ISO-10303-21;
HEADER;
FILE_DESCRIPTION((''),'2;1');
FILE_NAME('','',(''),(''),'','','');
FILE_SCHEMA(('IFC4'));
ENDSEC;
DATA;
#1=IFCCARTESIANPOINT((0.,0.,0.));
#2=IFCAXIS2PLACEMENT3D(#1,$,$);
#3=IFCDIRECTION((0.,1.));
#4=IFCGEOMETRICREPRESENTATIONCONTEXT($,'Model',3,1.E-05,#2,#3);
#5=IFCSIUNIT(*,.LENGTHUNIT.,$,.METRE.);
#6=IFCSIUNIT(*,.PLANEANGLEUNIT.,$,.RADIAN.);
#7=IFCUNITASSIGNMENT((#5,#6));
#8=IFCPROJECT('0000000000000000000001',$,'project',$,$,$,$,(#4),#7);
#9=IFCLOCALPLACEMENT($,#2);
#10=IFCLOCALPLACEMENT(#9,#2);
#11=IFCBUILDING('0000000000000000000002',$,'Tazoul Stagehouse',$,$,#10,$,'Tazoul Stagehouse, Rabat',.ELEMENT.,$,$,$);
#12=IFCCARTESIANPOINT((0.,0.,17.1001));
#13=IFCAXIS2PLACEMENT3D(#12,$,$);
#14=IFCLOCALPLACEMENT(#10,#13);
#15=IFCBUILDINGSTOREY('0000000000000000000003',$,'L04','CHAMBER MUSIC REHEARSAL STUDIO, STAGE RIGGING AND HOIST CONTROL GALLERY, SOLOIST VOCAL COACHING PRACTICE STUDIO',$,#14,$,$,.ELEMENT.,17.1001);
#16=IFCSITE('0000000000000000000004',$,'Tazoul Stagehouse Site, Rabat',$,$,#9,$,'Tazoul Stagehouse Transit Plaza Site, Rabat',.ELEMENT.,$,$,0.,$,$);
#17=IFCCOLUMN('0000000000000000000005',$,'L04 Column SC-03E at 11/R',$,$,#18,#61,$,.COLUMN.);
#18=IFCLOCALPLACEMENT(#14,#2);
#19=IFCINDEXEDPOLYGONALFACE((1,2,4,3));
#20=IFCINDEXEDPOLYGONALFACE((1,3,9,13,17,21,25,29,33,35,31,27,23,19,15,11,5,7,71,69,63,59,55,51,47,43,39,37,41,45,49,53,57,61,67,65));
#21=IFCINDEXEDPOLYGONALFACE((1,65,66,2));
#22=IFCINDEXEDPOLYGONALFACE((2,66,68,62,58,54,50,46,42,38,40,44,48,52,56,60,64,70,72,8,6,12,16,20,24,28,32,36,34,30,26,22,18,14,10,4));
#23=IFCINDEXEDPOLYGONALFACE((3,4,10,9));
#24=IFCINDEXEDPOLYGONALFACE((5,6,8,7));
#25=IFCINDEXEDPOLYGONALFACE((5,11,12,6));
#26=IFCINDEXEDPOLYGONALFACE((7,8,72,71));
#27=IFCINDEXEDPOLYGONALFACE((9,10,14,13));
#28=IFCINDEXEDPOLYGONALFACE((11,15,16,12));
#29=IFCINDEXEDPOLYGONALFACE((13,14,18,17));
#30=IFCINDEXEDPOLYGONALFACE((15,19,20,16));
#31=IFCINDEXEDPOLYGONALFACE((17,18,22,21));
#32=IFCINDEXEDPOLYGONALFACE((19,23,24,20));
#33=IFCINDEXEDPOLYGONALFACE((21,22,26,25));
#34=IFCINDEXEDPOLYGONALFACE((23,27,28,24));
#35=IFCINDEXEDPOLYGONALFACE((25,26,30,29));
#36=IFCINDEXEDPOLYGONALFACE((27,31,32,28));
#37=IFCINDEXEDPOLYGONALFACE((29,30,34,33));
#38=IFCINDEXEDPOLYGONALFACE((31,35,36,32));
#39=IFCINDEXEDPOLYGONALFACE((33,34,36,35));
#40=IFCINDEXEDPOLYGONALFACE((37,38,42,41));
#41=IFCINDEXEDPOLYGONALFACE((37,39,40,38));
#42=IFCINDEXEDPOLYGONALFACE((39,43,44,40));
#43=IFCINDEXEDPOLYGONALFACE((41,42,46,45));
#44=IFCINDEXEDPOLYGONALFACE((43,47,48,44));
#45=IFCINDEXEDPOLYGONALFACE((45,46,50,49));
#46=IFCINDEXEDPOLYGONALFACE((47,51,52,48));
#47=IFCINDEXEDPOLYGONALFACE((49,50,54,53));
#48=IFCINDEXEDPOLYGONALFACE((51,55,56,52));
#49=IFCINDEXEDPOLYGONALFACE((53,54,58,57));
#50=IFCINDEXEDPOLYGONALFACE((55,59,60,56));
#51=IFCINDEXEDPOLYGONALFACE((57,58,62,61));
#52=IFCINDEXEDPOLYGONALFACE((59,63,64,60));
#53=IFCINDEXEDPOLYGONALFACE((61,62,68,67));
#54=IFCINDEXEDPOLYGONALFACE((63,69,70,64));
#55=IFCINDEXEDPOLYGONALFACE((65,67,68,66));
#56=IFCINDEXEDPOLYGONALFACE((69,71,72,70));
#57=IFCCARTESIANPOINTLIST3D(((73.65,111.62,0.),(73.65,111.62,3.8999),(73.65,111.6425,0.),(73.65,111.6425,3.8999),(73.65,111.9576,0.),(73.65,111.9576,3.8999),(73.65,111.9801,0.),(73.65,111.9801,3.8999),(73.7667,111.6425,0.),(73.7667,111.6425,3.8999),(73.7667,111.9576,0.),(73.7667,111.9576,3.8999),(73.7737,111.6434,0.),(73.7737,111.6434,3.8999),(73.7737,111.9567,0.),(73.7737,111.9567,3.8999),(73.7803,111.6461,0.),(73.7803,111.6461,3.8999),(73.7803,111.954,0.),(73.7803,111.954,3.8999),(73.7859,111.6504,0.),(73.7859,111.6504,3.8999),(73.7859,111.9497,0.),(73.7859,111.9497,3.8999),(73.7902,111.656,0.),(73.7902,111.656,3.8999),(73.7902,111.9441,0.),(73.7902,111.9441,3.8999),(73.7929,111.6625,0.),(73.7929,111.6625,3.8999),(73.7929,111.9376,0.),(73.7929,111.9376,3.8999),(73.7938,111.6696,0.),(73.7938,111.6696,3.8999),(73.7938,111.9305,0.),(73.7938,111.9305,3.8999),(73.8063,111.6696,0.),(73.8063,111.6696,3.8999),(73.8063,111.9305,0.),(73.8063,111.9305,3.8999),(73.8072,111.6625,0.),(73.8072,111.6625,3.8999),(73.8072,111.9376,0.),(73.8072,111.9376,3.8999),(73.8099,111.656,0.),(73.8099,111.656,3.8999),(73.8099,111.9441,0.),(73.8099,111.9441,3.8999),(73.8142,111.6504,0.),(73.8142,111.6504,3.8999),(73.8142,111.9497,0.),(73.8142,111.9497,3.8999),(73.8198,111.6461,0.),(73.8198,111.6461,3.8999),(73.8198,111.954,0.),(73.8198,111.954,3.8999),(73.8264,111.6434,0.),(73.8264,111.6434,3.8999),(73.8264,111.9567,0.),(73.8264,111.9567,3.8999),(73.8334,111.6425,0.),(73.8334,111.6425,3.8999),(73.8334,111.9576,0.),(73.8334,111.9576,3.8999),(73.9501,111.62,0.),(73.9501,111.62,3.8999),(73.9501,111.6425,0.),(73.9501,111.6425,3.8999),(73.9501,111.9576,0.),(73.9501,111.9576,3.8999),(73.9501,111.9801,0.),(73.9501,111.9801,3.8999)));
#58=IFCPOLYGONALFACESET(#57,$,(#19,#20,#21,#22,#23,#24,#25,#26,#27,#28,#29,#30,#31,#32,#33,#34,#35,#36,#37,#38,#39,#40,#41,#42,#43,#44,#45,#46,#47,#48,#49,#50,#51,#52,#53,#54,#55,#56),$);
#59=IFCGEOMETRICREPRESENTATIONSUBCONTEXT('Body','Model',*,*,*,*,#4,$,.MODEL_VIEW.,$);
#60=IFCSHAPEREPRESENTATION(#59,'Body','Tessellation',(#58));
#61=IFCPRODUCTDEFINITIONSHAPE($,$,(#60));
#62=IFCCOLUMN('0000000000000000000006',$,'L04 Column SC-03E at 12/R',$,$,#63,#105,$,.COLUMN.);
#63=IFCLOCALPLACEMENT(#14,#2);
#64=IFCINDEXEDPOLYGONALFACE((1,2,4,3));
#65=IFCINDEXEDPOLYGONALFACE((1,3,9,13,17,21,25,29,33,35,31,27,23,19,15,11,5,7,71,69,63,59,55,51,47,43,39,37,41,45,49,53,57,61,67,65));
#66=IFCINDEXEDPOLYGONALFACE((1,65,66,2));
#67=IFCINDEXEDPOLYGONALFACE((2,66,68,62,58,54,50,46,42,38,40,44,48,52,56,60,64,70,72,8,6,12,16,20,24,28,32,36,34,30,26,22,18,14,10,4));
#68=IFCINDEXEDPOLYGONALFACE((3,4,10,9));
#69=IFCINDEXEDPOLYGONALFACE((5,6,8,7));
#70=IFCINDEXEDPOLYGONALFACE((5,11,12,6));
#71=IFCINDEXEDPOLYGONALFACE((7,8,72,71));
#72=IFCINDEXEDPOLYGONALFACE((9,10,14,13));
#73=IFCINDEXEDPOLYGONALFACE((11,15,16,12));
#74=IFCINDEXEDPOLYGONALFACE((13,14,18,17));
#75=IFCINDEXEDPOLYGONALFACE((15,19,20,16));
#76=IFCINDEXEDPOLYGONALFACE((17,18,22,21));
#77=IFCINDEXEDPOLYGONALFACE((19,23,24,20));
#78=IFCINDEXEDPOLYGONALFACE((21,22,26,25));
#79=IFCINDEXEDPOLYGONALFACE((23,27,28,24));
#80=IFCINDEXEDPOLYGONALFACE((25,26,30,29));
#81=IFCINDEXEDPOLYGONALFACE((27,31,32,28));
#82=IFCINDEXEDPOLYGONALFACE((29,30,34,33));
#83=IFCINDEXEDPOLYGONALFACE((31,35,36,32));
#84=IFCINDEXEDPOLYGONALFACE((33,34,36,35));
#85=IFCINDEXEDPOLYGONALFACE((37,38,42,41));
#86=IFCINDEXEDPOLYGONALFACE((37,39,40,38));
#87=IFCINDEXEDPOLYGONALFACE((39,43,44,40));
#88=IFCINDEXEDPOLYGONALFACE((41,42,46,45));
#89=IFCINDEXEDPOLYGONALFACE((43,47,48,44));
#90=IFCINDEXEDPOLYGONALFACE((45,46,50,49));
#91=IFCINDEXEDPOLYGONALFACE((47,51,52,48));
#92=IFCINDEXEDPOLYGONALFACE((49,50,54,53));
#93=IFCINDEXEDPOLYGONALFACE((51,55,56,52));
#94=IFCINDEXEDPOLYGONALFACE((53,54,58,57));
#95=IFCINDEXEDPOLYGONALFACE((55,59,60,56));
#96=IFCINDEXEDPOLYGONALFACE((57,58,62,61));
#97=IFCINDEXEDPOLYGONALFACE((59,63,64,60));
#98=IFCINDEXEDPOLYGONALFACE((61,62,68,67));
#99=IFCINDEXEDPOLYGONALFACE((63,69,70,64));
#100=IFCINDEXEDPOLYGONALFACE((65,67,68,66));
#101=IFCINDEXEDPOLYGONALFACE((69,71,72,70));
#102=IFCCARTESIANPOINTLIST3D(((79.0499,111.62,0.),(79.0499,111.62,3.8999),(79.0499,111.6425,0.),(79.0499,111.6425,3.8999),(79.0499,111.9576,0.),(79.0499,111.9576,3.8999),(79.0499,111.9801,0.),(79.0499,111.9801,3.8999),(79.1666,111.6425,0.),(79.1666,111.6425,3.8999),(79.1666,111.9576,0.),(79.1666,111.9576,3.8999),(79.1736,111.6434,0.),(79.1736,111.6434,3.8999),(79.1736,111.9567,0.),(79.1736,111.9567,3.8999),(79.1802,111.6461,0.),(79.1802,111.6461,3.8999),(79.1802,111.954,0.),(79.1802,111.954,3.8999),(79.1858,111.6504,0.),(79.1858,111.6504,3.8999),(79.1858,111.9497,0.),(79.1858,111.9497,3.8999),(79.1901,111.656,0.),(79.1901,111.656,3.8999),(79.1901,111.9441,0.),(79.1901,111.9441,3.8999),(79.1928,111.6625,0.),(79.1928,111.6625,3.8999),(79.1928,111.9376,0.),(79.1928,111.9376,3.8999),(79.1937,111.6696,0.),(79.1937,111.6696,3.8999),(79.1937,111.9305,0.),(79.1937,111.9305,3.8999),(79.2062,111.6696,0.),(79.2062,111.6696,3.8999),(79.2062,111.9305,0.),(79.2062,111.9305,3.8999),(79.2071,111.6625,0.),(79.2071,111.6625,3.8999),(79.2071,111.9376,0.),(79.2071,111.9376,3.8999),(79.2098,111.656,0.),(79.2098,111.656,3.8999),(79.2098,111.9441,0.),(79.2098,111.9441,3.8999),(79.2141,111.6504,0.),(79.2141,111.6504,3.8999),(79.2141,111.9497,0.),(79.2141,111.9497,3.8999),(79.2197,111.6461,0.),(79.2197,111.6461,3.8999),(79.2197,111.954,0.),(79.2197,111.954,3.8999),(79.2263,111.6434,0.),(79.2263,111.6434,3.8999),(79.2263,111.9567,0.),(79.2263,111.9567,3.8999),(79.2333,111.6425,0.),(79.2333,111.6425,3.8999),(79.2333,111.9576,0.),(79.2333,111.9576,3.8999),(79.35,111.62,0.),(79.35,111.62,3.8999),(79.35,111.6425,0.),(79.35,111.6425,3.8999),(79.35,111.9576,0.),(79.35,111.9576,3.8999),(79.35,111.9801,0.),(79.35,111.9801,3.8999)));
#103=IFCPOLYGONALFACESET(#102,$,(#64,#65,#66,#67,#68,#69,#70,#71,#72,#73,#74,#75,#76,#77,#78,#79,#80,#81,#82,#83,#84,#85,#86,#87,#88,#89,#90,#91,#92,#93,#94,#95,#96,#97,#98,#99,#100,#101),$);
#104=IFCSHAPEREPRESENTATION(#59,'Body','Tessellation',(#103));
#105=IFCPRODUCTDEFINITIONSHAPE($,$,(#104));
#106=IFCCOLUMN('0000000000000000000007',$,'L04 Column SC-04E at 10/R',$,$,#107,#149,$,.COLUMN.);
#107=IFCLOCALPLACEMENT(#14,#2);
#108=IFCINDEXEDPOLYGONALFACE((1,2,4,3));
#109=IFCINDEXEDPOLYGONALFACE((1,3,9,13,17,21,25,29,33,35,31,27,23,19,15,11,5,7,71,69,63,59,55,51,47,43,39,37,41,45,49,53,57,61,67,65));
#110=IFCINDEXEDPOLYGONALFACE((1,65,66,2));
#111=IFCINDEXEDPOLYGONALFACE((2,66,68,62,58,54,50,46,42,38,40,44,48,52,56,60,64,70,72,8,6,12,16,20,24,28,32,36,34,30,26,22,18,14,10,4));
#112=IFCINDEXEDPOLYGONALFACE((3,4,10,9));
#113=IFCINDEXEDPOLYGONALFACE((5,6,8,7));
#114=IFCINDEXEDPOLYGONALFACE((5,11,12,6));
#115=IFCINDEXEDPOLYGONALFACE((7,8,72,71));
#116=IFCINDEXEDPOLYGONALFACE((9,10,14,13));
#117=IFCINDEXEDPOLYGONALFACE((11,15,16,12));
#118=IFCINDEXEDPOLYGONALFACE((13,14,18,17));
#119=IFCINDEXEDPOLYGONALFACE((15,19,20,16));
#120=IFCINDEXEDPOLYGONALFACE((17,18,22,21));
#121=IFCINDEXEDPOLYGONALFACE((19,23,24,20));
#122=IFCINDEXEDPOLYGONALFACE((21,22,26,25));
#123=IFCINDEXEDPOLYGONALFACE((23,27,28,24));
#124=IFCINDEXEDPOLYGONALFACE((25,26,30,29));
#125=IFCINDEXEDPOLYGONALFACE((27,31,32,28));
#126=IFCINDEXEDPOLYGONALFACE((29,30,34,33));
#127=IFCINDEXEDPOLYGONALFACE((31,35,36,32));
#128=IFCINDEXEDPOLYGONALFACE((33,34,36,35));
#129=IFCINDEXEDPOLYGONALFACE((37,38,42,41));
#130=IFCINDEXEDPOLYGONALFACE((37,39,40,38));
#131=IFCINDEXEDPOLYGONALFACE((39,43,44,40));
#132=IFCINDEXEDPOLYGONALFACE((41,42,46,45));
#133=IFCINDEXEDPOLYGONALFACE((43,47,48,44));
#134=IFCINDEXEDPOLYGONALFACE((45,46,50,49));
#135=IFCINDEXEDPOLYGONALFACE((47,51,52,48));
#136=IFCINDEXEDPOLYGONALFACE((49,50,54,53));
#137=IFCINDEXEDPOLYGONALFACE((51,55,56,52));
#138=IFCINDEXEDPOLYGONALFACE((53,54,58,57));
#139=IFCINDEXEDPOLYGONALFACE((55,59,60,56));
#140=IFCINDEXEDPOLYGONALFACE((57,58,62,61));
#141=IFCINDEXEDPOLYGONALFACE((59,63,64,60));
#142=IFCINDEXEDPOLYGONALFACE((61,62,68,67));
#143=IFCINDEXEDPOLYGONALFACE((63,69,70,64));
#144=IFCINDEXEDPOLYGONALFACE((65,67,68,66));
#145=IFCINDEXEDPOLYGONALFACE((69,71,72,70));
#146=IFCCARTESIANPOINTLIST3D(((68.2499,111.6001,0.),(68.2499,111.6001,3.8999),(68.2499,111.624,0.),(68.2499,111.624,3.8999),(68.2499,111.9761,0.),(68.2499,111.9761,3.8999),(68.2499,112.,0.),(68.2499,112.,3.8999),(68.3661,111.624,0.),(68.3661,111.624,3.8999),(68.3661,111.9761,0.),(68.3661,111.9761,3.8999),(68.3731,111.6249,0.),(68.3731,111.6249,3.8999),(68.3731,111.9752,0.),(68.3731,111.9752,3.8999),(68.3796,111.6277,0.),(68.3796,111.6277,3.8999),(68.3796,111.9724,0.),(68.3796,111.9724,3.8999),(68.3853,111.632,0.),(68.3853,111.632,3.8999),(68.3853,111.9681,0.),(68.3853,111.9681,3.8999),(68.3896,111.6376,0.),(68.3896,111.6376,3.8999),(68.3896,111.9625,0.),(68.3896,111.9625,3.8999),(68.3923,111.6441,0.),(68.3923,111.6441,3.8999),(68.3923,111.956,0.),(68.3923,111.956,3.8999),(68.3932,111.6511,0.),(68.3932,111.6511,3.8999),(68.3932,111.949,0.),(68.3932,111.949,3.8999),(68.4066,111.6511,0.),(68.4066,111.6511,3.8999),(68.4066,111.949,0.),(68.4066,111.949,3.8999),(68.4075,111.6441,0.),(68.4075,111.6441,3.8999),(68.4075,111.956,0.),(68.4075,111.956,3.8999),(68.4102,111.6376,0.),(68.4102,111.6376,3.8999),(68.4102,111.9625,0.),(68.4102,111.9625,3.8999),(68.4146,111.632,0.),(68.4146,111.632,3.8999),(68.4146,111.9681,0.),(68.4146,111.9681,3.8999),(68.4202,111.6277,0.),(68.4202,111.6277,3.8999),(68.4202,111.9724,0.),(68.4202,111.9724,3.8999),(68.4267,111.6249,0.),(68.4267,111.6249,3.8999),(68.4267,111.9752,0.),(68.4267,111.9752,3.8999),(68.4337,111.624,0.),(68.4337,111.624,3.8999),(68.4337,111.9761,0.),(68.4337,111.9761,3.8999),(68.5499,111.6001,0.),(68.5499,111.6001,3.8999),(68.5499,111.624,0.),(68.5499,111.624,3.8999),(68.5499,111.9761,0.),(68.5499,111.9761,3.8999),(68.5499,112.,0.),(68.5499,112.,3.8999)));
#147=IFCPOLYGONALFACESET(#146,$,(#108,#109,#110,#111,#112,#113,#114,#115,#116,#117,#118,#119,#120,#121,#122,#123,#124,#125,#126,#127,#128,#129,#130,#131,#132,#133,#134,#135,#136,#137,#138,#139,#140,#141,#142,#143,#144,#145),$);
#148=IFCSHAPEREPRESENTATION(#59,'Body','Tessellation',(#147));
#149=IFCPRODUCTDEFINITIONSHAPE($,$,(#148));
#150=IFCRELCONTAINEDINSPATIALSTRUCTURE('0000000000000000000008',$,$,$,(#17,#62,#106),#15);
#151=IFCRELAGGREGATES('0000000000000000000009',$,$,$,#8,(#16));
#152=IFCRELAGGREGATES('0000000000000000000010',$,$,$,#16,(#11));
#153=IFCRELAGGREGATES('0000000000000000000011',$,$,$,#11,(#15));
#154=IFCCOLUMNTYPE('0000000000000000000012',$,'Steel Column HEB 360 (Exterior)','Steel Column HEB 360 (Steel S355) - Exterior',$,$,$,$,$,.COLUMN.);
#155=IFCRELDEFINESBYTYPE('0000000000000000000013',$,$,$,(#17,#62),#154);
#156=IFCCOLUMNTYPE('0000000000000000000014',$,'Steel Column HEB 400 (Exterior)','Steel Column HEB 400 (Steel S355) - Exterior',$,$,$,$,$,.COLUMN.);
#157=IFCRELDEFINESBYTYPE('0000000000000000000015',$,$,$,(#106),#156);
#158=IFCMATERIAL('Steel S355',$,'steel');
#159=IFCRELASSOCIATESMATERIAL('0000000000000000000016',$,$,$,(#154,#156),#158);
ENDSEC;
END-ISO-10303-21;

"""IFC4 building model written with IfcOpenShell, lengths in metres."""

from ifc_helpers import new_model, si_unit, direction, frame, origin, origin_2d, place, context, subcontext, project, spatial, i_section, extrude, material, material_profile, profile_set, type_object, element, save


model = new_model("IFC4")

# Units and contexts
model_context = context("Model", 3, precision=1e-05, world=origin(), true_north=direction((0.0, 1.0)))
body_context = subcontext(model_context, "Body", "Model", "MODEL_VIEW")
ifc_project = project(units=[si_unit("LENGTHUNIT", "METRE"), si_unit("PLANEANGLEUNIT", "RADIAN")], contexts=[model_context])

# Site, building, storey
site_placement = place(None, origin())
site = spatial("IfcSite", under=ifc_project, at=site_placement, Name="Tazoul Stagehouse Site, Rabat", LongName="Tazoul Stagehouse Transit Plaza Site, Rabat", CompositionType="ELEMENT", RefElevation=0.0)
building_placement = place(site_placement, origin())
building = spatial("IfcBuilding", under=site, at=building_placement, Name="Tazoul Stagehouse", LongName="Tazoul Stagehouse, Rabat", CompositionType="ELEMENT")
storey_placement = place(building_placement, frame((0.0, 0.0, 17.1001)))
storey = spatial("IfcBuildingStorey", under=building, at=storey_placement, Name="L04", Description="CHAMBER MUSIC REHEARSAL STUDIO, STAGE RIGGING AND HOIST CONTROL GALLERY, SOLOIST VOCAL COACHING PRACTICE STUDIO", CompositionType="ELEMENT", Elevation=17.1001)

# Columns
ifc_material_1 = material(Name="Steel S355", Category="steel")
ifc_material_profile_1 = material_profile(ifc_material_1, i_section(OverallWidth=0.3, OverallDepth=0.3601, WebThickness=0.0125, FlangeThickness=0.0225, FilletRadius=0.0271, at=origin_2d()), Name="HEB 360")
ifc_profile_set_1 = profile_set([ifc_material_profile_1], Name="Steel S355")
column_type_1 = type_object("IfcColumnType", Name="Steel Column HEB 360 (Exterior)", Description="Steel Column HEB 360 (Steel S355) - Exterior", PredefinedType="COLUMN", material=ifc_profile_set_1)
for number, where, z_axis, x_axis, name in (
    (1, (73.8, 111.8, 0.0), (0.0, 0.0, 1.0), (1.0, 0.0, 0.0), "L04 Column SC-03E at 11/R"),
    (2, (79.2, 111.8, 0.0), (0.0, 0.0, 1.0), (1.0, 0.0, 0.0), "L04 Column SC-03E at 12/R"),
):
    element("IfcColumn", number, at=place(storey_placement, frame(where, z_axis=z_axis, x_axis=x_axis)), inside=storey, type_object=column_type_1, Name=name, PredefinedType="COLUMN", context=body_context, shape_type="SweptSolid", body=[
        extrude(i_section(OverallWidth=0.3, OverallDepth=0.3601, WebThickness=0.0125, FlangeThickness=0.0225, FilletRadius=0.0271, at=origin_2d()), origin(), (0.0, 0.0, 1.0), 3.8999),
    ])
ifc_material_profile_2 = material_profile(ifc_material_1, i_section(OverallWidth=0.3, OverallDepth=0.3999, WebThickness=0.0134, FlangeThickness=0.0239, FilletRadius=0.0271, at=origin_2d()), Name="HEB 400")
ifc_profile_set_2 = profile_set([ifc_material_profile_2], Name="Steel S355")
column_type_2 = type_object("IfcColumnType", Name="Steel Column HEB 400 (Exterior)", Description="Steel Column HEB 400 (Steel S355) - Exterior", PredefinedType="COLUMN", material=ifc_profile_set_2)
column_placement = place(storey_placement, frame((68.3999, 111.8, 0.0), z_axis=(0.0, 0.0, 1.0), x_axis=(1.0, 0.0, 0.0)))
element("IfcColumn", 3, at=column_placement, inside=storey, type_object=column_type_2, Name="L04 Column SC-04E at 10/R", PredefinedType="COLUMN", context=body_context, shape_type="SweptSolid", body=[
    extrude(i_section(OverallWidth=0.3, OverallDepth=0.3999, WebThickness=0.0134, FlangeThickness=0.0239, FilletRadius=0.0271, at=origin_2d()), origin(), (0.0, 0.0, 1.0), 3.8999),
])

save(model, "model.ifc")
